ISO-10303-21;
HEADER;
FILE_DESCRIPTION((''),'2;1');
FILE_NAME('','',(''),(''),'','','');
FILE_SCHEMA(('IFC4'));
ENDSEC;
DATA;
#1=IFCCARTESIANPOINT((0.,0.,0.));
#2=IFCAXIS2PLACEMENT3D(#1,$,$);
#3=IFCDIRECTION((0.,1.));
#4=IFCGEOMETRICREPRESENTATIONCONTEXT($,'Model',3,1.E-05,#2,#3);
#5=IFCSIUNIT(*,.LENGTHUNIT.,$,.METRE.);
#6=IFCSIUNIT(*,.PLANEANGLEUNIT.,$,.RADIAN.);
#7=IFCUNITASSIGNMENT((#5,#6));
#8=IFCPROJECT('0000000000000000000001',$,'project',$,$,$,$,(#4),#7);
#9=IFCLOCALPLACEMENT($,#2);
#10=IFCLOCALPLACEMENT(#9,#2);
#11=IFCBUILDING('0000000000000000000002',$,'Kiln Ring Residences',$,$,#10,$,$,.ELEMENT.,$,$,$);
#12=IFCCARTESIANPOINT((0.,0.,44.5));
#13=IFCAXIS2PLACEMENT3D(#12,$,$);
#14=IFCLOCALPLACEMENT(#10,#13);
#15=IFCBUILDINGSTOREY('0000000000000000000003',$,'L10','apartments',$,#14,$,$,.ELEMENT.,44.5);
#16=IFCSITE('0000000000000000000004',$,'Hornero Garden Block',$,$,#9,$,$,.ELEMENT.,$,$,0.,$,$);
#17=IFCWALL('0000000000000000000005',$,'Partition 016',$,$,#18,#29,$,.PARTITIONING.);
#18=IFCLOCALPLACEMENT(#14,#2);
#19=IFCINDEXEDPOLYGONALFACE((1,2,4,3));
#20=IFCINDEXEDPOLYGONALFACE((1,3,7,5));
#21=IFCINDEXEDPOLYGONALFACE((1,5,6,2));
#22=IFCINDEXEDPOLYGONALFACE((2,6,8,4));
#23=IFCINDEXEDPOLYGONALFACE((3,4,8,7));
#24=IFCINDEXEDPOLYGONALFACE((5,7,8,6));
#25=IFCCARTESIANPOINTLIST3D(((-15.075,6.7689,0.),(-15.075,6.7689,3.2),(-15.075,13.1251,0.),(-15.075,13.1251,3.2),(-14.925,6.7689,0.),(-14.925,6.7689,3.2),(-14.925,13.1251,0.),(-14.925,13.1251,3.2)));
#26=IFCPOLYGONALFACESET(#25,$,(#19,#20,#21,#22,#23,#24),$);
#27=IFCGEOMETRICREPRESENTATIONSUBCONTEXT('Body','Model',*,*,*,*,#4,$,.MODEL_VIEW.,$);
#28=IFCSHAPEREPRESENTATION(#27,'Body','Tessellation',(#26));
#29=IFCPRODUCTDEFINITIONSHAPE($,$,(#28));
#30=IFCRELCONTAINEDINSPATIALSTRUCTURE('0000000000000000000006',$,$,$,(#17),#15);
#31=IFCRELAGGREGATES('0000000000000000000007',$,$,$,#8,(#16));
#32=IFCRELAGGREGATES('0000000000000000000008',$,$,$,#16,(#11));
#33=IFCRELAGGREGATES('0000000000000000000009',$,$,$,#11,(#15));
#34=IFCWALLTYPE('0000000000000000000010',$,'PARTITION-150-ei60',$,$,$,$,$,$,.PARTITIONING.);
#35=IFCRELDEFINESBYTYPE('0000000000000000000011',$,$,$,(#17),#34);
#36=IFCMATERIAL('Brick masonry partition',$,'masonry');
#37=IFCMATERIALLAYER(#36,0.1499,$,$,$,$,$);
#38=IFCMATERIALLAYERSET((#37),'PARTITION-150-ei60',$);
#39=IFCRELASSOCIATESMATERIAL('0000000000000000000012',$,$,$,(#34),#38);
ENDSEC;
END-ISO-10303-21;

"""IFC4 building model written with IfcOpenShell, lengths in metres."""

from ifc_helpers import new_model, si_unit, direction, frame, frame_2d, origin, place, context, subcontext, project, spatial, rectangle, extrude, material, layer, layer_set, type_object, element, save


model = new_model("IFC4")

# Units and contexts
model_context = context("Model", 3, precision=1e-05, world=origin(), true_north=direction((0.0, 1.0)))
body_context = subcontext(model_context, "Body", "Model", "MODEL_VIEW")
ifc_project = project(units=[si_unit("LENGTHUNIT", "METRE"), si_unit("PLANEANGLEUNIT", "RADIAN")], contexts=[model_context])

# Site, building, storey
site_placement = place(None, origin())
site = spatial("IfcSite", under=ifc_project, at=site_placement, Name="Hornero Garden Block", CompositionType="ELEMENT", RefElevation=0.0)
building_placement = place(site_placement, origin())
building = spatial("IfcBuilding", under=site, at=building_placement, Name="Kiln Ring Residences", CompositionType="ELEMENT")
storey_placement = place(building_placement, frame((0.0, 0.0, 44.5)))
storey = spatial("IfcBuildingStorey", under=building, at=storey_placement, Name="L10", Description="apartments", CompositionType="ELEMENT", Elevation=44.5)

# Wall
ifc_material_1 = material(Name="Brick masonry partition", Category="masonry")
ifc_layer_1 = layer(ifc_material_1, 0.1499)
ifc_layer_set_1 = layer_set([ifc_layer_1], Name="PARTITION-150-ei60")
wall_type_1 = type_object("IfcWallType", Name="PARTITION-150-ei60", PredefinedType="PARTITIONING", material=ifc_layer_set_1)
wall_1_placement = place(storey_placement, frame((-15.0, 6.7688, 0.0), z_axis=(0.0, 0.0, 1.0), x_axis=(0.0, 1.0, 0.0)))
element("IfcWall", 1, at=wall_1_placement, inside=storey, type_object=wall_type_1, Name="Partition 016", PredefinedType="PARTITIONING", context=body_context, shape_type="SweptSolid", body=[
    extrude(rectangle(XDim=6.3562, YDim=0.1499, at=frame_2d((3.1782, 0.0))), origin(), (0.0, 0.0, 1.0), 3.2),
])

save(model, "model.ifc")
